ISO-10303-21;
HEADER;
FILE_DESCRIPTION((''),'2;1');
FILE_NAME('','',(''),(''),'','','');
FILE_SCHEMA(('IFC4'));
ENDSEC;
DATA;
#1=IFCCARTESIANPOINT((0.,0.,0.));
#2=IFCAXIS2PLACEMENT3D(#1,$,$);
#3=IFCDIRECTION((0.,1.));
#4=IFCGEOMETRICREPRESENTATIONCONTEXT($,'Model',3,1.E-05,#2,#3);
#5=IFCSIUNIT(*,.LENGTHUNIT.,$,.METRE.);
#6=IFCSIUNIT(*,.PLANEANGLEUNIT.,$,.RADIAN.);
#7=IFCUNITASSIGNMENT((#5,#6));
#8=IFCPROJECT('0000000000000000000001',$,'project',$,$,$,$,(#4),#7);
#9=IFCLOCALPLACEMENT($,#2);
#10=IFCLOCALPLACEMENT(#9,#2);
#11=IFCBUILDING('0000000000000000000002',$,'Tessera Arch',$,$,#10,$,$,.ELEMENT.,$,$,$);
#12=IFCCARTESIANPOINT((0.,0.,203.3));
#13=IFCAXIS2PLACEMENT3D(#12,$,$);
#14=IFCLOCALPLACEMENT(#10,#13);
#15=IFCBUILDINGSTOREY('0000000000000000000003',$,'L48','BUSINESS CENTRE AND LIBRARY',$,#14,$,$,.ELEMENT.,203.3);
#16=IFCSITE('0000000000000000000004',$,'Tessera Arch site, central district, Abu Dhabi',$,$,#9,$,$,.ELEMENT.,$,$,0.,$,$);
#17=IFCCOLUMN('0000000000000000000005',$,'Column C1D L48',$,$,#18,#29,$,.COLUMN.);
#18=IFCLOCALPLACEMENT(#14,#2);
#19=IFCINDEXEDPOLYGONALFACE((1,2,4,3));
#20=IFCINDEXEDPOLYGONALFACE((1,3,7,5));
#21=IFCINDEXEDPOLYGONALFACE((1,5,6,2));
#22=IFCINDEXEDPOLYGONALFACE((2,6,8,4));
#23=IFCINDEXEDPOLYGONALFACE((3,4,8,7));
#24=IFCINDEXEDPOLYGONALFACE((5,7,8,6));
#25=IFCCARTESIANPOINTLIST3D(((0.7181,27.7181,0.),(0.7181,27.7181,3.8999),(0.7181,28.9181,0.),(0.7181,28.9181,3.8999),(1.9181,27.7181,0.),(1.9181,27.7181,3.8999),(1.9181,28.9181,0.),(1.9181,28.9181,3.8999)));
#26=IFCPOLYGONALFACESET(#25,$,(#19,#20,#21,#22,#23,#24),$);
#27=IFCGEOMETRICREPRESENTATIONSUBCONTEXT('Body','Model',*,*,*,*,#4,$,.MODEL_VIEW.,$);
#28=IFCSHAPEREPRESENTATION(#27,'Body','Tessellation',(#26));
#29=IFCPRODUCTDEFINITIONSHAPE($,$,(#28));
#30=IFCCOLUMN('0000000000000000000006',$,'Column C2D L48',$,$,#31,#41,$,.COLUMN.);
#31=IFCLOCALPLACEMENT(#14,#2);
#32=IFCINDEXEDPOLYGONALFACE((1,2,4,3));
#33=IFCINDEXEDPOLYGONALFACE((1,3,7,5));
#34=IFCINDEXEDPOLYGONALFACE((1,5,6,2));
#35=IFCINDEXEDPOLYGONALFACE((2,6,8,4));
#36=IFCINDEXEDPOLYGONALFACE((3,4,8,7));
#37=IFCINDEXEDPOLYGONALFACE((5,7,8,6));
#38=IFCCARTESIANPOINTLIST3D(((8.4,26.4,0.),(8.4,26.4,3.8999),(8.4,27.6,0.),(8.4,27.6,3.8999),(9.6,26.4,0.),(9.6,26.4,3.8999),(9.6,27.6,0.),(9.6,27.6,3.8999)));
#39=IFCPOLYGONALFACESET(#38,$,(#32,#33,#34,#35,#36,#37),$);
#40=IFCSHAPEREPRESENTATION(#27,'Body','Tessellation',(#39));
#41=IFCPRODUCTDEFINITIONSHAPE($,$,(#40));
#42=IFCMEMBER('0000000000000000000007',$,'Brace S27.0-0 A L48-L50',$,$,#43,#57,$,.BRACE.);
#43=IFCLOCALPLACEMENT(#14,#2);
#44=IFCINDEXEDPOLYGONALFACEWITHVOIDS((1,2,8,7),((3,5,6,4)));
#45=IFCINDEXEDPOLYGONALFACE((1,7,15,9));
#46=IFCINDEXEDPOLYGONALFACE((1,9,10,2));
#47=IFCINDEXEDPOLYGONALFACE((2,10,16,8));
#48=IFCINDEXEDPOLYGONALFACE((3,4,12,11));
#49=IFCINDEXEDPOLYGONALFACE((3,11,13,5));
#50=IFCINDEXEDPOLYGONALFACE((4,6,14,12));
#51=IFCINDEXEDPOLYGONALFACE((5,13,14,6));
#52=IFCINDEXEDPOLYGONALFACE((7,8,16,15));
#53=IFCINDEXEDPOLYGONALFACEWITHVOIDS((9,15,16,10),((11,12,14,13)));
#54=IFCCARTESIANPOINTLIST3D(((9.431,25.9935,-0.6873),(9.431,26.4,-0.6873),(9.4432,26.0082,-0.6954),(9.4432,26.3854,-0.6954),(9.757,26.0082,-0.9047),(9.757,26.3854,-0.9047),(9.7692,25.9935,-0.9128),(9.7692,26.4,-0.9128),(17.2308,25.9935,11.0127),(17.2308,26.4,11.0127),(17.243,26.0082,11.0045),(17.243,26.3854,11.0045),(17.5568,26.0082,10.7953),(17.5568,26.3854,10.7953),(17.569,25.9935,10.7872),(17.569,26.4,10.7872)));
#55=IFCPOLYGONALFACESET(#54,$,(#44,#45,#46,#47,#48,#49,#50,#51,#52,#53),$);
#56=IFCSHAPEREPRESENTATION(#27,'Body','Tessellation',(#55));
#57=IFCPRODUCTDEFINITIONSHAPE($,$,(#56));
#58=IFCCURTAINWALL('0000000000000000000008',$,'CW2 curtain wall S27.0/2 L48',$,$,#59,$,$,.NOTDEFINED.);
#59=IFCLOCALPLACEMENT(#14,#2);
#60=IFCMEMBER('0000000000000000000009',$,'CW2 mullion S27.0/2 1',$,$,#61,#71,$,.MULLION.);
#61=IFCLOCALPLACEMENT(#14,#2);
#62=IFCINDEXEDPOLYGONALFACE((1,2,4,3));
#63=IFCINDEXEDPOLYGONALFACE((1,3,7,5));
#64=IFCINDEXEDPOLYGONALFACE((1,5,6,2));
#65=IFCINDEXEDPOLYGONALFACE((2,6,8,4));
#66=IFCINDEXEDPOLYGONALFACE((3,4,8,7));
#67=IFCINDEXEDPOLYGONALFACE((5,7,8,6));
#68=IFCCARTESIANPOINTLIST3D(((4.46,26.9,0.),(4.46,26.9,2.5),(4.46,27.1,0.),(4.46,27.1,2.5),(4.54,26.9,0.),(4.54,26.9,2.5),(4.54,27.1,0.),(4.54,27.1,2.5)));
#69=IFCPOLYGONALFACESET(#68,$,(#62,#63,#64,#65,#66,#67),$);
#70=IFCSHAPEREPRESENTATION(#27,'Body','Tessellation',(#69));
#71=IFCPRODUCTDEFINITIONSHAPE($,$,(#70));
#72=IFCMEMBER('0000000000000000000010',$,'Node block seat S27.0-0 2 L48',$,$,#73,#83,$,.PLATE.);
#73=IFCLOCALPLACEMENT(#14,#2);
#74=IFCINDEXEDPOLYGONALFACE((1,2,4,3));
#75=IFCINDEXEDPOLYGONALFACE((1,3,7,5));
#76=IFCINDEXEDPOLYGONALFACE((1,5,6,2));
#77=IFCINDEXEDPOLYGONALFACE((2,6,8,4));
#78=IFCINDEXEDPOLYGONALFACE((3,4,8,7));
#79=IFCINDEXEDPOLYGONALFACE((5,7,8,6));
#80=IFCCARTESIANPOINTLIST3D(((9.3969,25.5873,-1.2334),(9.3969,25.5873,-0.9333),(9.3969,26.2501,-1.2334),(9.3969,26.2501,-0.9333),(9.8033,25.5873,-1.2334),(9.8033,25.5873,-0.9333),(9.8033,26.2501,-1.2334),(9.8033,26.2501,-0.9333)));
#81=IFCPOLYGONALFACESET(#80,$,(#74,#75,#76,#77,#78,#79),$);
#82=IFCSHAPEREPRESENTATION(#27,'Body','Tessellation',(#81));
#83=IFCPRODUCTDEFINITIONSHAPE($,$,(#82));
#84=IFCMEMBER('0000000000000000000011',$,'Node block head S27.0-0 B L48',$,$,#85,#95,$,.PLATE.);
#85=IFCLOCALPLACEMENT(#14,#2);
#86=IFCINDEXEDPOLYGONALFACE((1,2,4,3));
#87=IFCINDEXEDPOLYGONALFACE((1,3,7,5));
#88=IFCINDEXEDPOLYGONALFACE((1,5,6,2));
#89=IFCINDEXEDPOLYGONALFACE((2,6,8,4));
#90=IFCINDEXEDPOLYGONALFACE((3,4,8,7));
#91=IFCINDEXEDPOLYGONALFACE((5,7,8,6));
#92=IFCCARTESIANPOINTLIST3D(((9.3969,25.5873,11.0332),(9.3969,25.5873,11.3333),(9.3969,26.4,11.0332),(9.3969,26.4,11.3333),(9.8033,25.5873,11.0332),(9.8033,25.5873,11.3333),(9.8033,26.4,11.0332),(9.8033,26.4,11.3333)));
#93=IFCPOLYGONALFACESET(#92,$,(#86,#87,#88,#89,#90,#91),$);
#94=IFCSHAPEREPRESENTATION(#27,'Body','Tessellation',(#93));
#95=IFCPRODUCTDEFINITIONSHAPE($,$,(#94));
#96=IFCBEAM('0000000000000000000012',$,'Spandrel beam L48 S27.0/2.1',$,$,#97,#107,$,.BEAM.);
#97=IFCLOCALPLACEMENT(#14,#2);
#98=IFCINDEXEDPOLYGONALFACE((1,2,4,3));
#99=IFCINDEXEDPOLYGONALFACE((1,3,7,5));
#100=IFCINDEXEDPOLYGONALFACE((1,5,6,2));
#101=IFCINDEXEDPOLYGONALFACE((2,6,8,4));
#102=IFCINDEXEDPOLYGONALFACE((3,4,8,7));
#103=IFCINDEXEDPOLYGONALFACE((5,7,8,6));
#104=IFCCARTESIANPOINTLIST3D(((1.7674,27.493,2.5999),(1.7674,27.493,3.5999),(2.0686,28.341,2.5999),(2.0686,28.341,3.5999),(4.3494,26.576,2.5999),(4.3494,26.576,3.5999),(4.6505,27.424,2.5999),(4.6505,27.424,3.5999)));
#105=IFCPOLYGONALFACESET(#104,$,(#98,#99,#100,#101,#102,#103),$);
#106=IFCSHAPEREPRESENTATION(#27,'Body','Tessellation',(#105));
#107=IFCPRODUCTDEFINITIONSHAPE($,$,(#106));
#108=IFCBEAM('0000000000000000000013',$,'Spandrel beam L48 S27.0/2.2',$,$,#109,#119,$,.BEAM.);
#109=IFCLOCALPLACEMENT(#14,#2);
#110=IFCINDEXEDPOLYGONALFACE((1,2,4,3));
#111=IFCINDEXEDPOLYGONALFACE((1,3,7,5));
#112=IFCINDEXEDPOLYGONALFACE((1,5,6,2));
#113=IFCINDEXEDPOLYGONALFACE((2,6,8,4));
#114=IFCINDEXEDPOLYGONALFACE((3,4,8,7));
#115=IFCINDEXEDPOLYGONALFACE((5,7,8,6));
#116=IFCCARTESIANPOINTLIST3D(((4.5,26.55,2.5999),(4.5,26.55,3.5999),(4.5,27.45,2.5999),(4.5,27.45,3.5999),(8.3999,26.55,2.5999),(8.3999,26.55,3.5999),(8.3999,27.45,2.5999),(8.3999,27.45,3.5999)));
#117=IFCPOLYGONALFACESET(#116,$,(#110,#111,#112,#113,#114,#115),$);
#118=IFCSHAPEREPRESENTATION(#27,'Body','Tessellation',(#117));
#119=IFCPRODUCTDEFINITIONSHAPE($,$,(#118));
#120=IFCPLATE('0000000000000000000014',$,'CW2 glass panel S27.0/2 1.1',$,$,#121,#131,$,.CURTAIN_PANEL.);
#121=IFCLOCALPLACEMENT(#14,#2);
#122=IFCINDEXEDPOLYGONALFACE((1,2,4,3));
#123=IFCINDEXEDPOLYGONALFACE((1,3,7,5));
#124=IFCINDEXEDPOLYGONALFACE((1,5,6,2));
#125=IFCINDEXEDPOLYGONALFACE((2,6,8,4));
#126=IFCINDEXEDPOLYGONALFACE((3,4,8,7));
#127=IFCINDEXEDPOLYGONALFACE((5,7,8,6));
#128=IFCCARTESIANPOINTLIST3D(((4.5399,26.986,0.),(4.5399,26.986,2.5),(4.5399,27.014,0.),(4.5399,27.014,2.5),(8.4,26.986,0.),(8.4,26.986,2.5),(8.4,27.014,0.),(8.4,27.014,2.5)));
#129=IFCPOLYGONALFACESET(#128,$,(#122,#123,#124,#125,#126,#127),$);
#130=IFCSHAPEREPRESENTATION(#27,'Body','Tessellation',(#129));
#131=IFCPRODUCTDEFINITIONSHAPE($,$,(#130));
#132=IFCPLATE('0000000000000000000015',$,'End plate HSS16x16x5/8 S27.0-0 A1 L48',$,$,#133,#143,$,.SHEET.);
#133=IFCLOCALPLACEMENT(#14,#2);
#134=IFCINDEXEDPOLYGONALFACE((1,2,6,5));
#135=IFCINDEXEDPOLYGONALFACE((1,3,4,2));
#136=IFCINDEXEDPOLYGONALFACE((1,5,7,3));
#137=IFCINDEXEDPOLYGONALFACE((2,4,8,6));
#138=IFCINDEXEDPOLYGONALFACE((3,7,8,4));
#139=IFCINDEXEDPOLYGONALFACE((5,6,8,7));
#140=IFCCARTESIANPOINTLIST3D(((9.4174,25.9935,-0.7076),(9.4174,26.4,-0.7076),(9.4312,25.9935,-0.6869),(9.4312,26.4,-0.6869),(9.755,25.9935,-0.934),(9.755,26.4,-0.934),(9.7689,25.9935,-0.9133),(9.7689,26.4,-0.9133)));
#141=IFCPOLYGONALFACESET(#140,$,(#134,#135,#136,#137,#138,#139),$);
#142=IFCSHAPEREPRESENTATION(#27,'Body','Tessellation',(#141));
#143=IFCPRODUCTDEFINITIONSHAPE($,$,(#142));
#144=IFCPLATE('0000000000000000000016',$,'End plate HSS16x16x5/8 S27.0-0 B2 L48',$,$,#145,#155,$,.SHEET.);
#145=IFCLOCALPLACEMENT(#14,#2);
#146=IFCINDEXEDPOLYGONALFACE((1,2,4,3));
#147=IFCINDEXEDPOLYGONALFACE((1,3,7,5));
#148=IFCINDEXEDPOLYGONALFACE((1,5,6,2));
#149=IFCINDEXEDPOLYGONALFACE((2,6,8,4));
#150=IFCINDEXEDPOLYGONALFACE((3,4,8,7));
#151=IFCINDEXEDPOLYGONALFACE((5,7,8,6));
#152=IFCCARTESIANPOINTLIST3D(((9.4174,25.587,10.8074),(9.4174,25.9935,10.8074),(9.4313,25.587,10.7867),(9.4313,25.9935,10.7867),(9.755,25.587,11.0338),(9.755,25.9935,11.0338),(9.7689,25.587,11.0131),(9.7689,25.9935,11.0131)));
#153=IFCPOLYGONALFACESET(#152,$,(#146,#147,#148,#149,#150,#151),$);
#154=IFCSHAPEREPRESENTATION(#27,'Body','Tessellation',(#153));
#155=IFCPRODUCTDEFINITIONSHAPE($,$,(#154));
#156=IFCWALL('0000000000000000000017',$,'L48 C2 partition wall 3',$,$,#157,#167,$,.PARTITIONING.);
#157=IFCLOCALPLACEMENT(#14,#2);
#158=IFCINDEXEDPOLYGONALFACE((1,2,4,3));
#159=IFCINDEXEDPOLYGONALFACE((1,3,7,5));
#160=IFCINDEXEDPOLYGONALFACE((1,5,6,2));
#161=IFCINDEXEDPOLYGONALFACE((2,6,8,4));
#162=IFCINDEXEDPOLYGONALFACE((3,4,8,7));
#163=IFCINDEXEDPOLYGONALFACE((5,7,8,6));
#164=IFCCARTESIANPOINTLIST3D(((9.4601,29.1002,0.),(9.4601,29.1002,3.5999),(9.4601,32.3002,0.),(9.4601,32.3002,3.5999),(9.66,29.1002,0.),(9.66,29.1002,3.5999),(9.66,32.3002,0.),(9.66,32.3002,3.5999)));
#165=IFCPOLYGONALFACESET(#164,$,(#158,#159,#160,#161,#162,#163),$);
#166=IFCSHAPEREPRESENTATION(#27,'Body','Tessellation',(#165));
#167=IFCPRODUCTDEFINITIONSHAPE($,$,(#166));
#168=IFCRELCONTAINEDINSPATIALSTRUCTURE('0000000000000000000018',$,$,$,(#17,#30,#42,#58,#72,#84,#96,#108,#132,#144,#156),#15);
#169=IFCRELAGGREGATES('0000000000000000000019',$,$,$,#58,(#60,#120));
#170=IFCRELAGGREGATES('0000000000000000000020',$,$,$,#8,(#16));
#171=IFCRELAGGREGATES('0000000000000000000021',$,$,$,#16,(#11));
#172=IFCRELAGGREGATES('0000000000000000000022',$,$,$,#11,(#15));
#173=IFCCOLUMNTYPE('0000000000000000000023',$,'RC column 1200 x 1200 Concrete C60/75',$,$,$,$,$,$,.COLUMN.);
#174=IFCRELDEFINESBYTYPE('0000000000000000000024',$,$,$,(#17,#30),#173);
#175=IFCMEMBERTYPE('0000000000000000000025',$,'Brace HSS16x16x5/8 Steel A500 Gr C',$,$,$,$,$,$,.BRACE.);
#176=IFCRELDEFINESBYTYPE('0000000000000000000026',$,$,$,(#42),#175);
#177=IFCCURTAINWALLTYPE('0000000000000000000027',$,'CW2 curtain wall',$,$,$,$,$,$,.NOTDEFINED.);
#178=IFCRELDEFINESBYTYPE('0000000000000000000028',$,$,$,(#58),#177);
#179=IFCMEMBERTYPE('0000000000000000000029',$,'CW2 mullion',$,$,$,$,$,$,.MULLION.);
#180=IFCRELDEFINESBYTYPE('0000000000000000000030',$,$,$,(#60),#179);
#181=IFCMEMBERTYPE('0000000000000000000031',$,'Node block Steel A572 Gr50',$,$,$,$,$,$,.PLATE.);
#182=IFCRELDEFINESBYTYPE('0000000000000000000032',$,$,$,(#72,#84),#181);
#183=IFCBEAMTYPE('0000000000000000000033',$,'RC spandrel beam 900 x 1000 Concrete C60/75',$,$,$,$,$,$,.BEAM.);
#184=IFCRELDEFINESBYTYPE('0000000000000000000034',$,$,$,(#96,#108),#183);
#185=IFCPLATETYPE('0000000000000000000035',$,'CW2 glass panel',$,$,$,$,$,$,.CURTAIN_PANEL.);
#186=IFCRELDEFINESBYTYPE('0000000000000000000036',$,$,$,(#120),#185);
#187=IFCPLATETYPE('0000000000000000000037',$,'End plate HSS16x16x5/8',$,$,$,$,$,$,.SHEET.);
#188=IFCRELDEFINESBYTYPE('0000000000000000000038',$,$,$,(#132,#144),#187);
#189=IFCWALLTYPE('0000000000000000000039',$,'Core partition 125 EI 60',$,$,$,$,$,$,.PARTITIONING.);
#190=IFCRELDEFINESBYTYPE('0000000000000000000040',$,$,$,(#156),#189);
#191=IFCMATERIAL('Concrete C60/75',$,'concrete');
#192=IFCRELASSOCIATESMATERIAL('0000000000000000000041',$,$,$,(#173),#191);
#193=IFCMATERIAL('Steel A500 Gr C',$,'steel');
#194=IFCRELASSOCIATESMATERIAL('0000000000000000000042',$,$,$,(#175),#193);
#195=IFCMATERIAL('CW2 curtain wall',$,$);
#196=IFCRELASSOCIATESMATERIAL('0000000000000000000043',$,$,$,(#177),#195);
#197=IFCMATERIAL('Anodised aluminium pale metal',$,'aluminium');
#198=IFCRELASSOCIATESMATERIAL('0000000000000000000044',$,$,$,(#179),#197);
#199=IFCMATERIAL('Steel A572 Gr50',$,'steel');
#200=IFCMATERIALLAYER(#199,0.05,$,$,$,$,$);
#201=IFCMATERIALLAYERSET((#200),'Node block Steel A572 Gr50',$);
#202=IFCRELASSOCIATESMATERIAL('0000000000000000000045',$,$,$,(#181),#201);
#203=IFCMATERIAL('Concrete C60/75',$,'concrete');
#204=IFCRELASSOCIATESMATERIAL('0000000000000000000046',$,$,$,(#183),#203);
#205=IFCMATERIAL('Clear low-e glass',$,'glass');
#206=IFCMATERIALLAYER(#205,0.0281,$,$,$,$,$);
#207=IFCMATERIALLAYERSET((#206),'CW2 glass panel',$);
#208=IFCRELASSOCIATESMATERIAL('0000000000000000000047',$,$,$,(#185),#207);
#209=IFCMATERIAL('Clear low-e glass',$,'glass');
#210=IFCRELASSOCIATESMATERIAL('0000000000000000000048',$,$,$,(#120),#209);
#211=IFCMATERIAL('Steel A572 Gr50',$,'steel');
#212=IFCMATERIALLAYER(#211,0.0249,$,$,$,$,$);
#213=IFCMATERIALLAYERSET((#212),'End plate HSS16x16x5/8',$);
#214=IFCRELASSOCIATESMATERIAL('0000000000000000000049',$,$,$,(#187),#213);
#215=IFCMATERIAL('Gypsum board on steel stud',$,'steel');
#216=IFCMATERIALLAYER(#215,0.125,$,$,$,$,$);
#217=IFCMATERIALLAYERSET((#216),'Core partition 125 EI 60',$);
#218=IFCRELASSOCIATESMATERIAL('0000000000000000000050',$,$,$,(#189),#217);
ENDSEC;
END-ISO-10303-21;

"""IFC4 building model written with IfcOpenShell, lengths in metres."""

from ifc_helpers import new_model, si_unit, direction, frame, frame_2d, origin, origin_2d, place, context, subcontext, project, spatial, rectangle, hollow_rectangle, extrude, material, layer, layer_set, material_profile, profile_set, type_object, element, aggregate, save


model = new_model("IFC4")

# Units and contexts
model_context = context("Model", 3, precision=1e-05, world=origin(), true_north=direction((0.0, 1.0)))
body_context = subcontext(model_context, "Body", "Model", "MODEL_VIEW")
ifc_project = project(units=[si_unit("LENGTHUNIT", "METRE"), si_unit("PLANEANGLEUNIT", "RADIAN")], contexts=[model_context])

# Site, building, storey
site_placement = place(None, origin())
site = spatial("IfcSite", under=ifc_project, at=site_placement, Name="Tessera Arch site, central district, Abu Dhabi", CompositionType="ELEMENT", RefElevation=0.0)
building_placement = place(site_placement, origin())
building = spatial("IfcBuilding", under=site, at=building_placement, Name="Tessera Arch", CompositionType="ELEMENT")
storey_placement = place(building_placement, frame((0.0, 0.0, 203.3)))
storey = spatial("IfcBuildingStorey", under=building, at=storey_placement, Name="L48", Description="BUSINESS CENTRE AND LIBRARY", CompositionType="ELEMENT", Elevation=203.3)

# Columns
ifc_material_1 = material(Name="Concrete C60/75", Category="concrete")
ifc_material_profile_1 = material_profile(ifc_material_1, rectangle(XDim=1.2, YDim=1.2, at=origin_2d()), Name="RC column 1200 x 1200 Concrete C60/75")
ifc_profile_set_1 = profile_set([ifc_material_profile_1], Name="Concrete C60/75")
column_type = type_object("IfcColumnType", Name="RC column 1200 x 1200 Concrete C60/75", PredefinedType="COLUMN", material=ifc_profile_set_1)
for number, where, z_axis, x_axis, name in (
    (1, (1.3181, 28.3181, 0.0), (0.0, 0.0, 1.0), (1.0, 0.0, 0.0), "Column C1D L48"),
    (2, (9.0, 27.0, 0.0), (0.0, 0.0, 1.0), (1.0, 0.0, 0.0), "Column C2D L48"),
):
    element("IfcColumn", number, at=place(storey_placement, frame(where, z_axis=z_axis, x_axis=x_axis)), inside=storey, type_object=column_type, Name=name, PredefinedType="COLUMN", context=body_context, shape_type="SweptSolid", body=[
        extrude(rectangle(XDim=1.2, YDim=1.2, at=origin_2d()), origin(), (0.0, 0.0, 1.0), 3.8999),
    ])

# Member
ifc_material_2 = material(Name="Steel A500 Gr C", Category="steel")
ifc_material_profile_2 = material_profile(ifc_material_2, hollow_rectangle(XDim=0.4065, YDim=0.4065, WallThickness=0.0146, at=origin_2d()), Name="HSS16x16x5/8")
ifc_profile_set_2 = profile_set([ifc_material_profile_2], Name="Steel A500 Gr C")
member_type_1 = type_object("IfcMemberType", Name="Brace HSS16x16x5/8 Steel A500 Gr C", PredefinedType="BRACE", material=ifc_profile_set_2)
member_1_placement = place(storey_placement, frame((9.6001, 26.1968, -0.8), z_axis=(0.554692, 0.0, 0.832056), x_axis=(0.0, 1.0, 0.0)))
element("IfcMember", 3, at=member_1_placement, inside=storey, type_object=member_type_1, Name="Brace S27.0-0 A L48-L50", PredefinedType="BRACE", context=body_context, shape_type="SweptSolid", body=[
    extrude(hollow_rectangle(XDim=0.4065, YDim=0.4065, WallThickness=0.0146, at=origin_2d()), origin(), (0.0, 0.0, 1.0), 14.0615),
])

# Curtain wall, member
ifc_material_3 = material(Name="CW2 curtain wall")
curtain_wall_type = type_object("IfcCurtainWallType", Name="CW2 curtain wall", PredefinedType="NOTDEFINED", material=ifc_material_3)
curtain_wall_placement = place(storey_placement, origin())
curtain_wall = element("IfcCurtainWall", 4, at=curtain_wall_placement, inside=storey, type_object=curtain_wall_type, Name="CW2 curtain wall S27.0/2 L48", PredefinedType="NOTDEFINED")
ifc_material_4 = material(Name="Anodised aluminium pale metal", Category="aluminium")
ifc_material_profile_3 = material_profile(ifc_material_4, rectangle(XDim=0.2, YDim=0.0801, at=origin_2d()), Name="AL 80x200")
ifc_profile_set_3 = profile_set([ifc_material_profile_3], Name="Anodised aluminium pale metal")
member_type_2 = type_object("IfcMemberType", Name="CW2 mullion", PredefinedType="MULLION", material=ifc_profile_set_3)
member_2_placement = place(storey_placement, frame((4.5, 27.0, 0.0), z_axis=(0.0, 0.0, 1.0), x_axis=(0.0, 1.0, 0.0)))
member_2 = element("IfcMember", 5, at=member_2_placement, type_object=member_type_2, Name="CW2 mullion S27.0/2 1", PredefinedType="MULLION", context=body_context, shape_type="SweptSolid", body=[
    extrude(rectangle(XDim=0.2, YDim=0.0801, at=origin_2d()), origin(), (0.0, 0.0, 1.0), 2.5),
])

# Members
ifc_material_5 = material(Name="Steel A572 Gr50", Category="steel")
ifc_layer_1 = layer(ifc_material_5, 0.05)
ifc_layer_set_1 = layer_set([ifc_layer_1], Name="Node block Steel A572 Gr50")
member_type_3 = type_object("IfcMemberType", Name="Node block Steel A572 Gr50", PredefinedType="PLATE", material=ifc_layer_set_1)
member_3_placement = place(storey_placement, frame((9.6001, 25.9187, -1.2334), z_axis=(0.0, 0.0, 1.0), x_axis=(1.0, 0.0, 0.0)))
element("IfcMember", 6, at=member_3_placement, inside=storey, type_object=member_type_3, Name="Node block seat S27.0-0 2 L48", PredefinedType="PLATE", context=body_context, shape_type="SweptSolid", body=[
    extrude(rectangle(XDim=0.4065, YDim=0.6628, at=origin_2d()), origin(), (0.0, 0.0, 1.0), 0.3),
])
member_4_placement = place(storey_placement, frame((9.6001, 25.9937, 11.0332), z_axis=(0.0, 0.0, 1.0), x_axis=(1.0, 0.0, 0.0)))
element("IfcMember", 7, at=member_4_placement, inside=storey, type_object=member_type_3, Name="Node block head S27.0-0 B L48", PredefinedType="PLATE", context=body_context, shape_type="SweptSolid", body=[
    extrude(rectangle(XDim=0.4065, YDim=0.8127, at=origin_2d()), origin(), (0.0, 0.0, 1.0), 0.3),
])

# Beams
ifc_material_6 = material(Name="Concrete C60/75", Category="concrete")
ifc_material_profile_4 = material_profile(ifc_material_6, rectangle(XDim=0.8999, YDim=1.0, at=origin_2d()), Name="RC spandrel beam 900 x 1000 Concrete C60/75")
ifc_profile_set_4 = profile_set([ifc_material_profile_4], Name="Concrete C60/75")
beam_type = type_object("IfcBeamType", Name="RC spandrel beam 900 x 1000 Concrete C60/75", PredefinedType="BEAM", material=ifc_profile_set_4)
beam_1_placement = place(storey_placement, frame((1.918, 27.917, 3.0999), z_axis=(0.942337, -0.334665, 0.0), x_axis=(0.334665, 0.942337, 0.0)))
element("IfcBeam", 8, at=beam_1_placement, inside=storey, type_object=beam_type, Name="Spandrel beam L48 S27.0/2.1", PredefinedType="BEAM", context=body_context, shape_type="SweptSolid", body=[
    extrude(rectangle(XDim=0.8999, YDim=1.0, at=origin_2d()), origin(), (0.0, 0.0, 1.0), 2.74),
])
beam_2_placement = place(storey_placement, frame((4.5, 27.0, 3.0999), z_axis=(1.0, 0.0, 0.0), x_axis=(0.0, 1.0, 0.0)))
element("IfcBeam", 9, at=beam_2_placement, inside=storey, type_object=beam_type, Name="Spandrel beam L48 S27.0/2.2", PredefinedType="BEAM", context=body_context, shape_type="SweptSolid", body=[
    extrude(rectangle(XDim=0.8999, YDim=1.0, at=origin_2d()), origin(), (0.0, 0.0, 1.0), 3.8999),
])

# Plate
ifc_material_7 = material(Name="Clear low-e glass", Category="glass")
ifc_material_8 = material(Name="Clear low-e glass", Category="glass")
ifc_layer_2 = layer(ifc_material_8, 0.0281)
ifc_layer_set_2 = layer_set([ifc_layer_2], Name="CW2 glass panel")
plate_type_1 = type_object("IfcPlateType", Name="CW2 glass panel", PredefinedType="CURTAIN_PANEL", material=ifc_layer_set_2)
plate_placement = place(storey_placement, frame((6.47, 27.0, 0.0), z_axis=(0.0, 0.0, 1.0), x_axis=(1.0, 0.0, 0.0)))
plate = element("IfcPlate", 10, at=plate_placement, type_object=plate_type_1, material=ifc_material_7, Name="CW2 glass panel S27.0/2 1.1", PredefinedType="CURTAIN_PANEL", context=body_context, shape_type="SweptSolid", body=[
    extrude(rectangle(XDim=3.8601, YDim=0.0281, at=origin_2d()), origin(), (0.0, 0.0, 1.0), 2.5),
])
aggregate(curtain_wall, [member_2, plate])

# Plates
ifc_material_9 = material(Name="Steel A572 Gr50", Category="steel")
ifc_layer_3 = layer(ifc_material_9, 0.0249)
ifc_layer_set_3 = layer_set([ifc_layer_3], Name="End plate HSS16x16x5/8")
plate_type_2 = type_object("IfcPlateType", Name="End plate HSS16x16x5/8", PredefinedType="SHEET", material=ifc_layer_set_3)
for number, where, z_axis, x_axis, name in (
    (11, (9.5862, 26.1968, -0.8208), (0.556953, 0.0, 0.830544), (0.0, 1.0, 0.0), "End plate HSS16x16x5/8 S27.0-0 A1 L48"),
    (12, (9.6001, 25.7903, 10.8999), (-0.556953, 0.0, 0.830544), (0.0, -1.0, 0.0), "End plate HSS16x16x5/8 S27.0-0 B2 L48"),
):
    element("IfcPlate", number, at=place(storey_placement, frame(where, z_axis=z_axis, x_axis=x_axis)), inside=storey, type_object=plate_type_2, Name=name, PredefinedType="SHEET", context=body_context, shape_type="SweptSolid", body=[
        extrude(rectangle(XDim=0.4065, YDim=0.4065, at=origin_2d()), origin(), (0.0, 0.0, 1.0), 0.0249),
    ])

# Wall
ifc_material_10 = material(Name="Gypsum board on steel stud", Category="steel")
ifc_layer_4 = layer(ifc_material_10, 0.125)
ifc_layer_set_4 = layer_set([ifc_layer_4], Name="Core partition 125 EI 60")
wall_type_1 = type_object("IfcWallType", Name="Core partition 125 EI 60", PredefinedType="PARTITIONING", material=ifc_layer_set_4)
wall_1_placement = place(storey_placement, frame((9.5601, 29.1001, 0.0), z_axis=(0.0, 0.0, 1.0), x_axis=(0.0, 1.0, 0.0)))
element("IfcWall", 13, at=wall_1_placement, inside=storey, type_object=wall_type_1, Name="L48 C2 partition wall 3", PredefinedType="PARTITIONING", context=body_context, shape_type="SweptSolid", body=[
    extrude(rectangle(XDim=3.2, YDim=0.2, at=frame_2d((1.6001, 0.0))), origin(), (0.0, 0.0, 1.0), 3.5999),
])

save(model, "model.ifc")
